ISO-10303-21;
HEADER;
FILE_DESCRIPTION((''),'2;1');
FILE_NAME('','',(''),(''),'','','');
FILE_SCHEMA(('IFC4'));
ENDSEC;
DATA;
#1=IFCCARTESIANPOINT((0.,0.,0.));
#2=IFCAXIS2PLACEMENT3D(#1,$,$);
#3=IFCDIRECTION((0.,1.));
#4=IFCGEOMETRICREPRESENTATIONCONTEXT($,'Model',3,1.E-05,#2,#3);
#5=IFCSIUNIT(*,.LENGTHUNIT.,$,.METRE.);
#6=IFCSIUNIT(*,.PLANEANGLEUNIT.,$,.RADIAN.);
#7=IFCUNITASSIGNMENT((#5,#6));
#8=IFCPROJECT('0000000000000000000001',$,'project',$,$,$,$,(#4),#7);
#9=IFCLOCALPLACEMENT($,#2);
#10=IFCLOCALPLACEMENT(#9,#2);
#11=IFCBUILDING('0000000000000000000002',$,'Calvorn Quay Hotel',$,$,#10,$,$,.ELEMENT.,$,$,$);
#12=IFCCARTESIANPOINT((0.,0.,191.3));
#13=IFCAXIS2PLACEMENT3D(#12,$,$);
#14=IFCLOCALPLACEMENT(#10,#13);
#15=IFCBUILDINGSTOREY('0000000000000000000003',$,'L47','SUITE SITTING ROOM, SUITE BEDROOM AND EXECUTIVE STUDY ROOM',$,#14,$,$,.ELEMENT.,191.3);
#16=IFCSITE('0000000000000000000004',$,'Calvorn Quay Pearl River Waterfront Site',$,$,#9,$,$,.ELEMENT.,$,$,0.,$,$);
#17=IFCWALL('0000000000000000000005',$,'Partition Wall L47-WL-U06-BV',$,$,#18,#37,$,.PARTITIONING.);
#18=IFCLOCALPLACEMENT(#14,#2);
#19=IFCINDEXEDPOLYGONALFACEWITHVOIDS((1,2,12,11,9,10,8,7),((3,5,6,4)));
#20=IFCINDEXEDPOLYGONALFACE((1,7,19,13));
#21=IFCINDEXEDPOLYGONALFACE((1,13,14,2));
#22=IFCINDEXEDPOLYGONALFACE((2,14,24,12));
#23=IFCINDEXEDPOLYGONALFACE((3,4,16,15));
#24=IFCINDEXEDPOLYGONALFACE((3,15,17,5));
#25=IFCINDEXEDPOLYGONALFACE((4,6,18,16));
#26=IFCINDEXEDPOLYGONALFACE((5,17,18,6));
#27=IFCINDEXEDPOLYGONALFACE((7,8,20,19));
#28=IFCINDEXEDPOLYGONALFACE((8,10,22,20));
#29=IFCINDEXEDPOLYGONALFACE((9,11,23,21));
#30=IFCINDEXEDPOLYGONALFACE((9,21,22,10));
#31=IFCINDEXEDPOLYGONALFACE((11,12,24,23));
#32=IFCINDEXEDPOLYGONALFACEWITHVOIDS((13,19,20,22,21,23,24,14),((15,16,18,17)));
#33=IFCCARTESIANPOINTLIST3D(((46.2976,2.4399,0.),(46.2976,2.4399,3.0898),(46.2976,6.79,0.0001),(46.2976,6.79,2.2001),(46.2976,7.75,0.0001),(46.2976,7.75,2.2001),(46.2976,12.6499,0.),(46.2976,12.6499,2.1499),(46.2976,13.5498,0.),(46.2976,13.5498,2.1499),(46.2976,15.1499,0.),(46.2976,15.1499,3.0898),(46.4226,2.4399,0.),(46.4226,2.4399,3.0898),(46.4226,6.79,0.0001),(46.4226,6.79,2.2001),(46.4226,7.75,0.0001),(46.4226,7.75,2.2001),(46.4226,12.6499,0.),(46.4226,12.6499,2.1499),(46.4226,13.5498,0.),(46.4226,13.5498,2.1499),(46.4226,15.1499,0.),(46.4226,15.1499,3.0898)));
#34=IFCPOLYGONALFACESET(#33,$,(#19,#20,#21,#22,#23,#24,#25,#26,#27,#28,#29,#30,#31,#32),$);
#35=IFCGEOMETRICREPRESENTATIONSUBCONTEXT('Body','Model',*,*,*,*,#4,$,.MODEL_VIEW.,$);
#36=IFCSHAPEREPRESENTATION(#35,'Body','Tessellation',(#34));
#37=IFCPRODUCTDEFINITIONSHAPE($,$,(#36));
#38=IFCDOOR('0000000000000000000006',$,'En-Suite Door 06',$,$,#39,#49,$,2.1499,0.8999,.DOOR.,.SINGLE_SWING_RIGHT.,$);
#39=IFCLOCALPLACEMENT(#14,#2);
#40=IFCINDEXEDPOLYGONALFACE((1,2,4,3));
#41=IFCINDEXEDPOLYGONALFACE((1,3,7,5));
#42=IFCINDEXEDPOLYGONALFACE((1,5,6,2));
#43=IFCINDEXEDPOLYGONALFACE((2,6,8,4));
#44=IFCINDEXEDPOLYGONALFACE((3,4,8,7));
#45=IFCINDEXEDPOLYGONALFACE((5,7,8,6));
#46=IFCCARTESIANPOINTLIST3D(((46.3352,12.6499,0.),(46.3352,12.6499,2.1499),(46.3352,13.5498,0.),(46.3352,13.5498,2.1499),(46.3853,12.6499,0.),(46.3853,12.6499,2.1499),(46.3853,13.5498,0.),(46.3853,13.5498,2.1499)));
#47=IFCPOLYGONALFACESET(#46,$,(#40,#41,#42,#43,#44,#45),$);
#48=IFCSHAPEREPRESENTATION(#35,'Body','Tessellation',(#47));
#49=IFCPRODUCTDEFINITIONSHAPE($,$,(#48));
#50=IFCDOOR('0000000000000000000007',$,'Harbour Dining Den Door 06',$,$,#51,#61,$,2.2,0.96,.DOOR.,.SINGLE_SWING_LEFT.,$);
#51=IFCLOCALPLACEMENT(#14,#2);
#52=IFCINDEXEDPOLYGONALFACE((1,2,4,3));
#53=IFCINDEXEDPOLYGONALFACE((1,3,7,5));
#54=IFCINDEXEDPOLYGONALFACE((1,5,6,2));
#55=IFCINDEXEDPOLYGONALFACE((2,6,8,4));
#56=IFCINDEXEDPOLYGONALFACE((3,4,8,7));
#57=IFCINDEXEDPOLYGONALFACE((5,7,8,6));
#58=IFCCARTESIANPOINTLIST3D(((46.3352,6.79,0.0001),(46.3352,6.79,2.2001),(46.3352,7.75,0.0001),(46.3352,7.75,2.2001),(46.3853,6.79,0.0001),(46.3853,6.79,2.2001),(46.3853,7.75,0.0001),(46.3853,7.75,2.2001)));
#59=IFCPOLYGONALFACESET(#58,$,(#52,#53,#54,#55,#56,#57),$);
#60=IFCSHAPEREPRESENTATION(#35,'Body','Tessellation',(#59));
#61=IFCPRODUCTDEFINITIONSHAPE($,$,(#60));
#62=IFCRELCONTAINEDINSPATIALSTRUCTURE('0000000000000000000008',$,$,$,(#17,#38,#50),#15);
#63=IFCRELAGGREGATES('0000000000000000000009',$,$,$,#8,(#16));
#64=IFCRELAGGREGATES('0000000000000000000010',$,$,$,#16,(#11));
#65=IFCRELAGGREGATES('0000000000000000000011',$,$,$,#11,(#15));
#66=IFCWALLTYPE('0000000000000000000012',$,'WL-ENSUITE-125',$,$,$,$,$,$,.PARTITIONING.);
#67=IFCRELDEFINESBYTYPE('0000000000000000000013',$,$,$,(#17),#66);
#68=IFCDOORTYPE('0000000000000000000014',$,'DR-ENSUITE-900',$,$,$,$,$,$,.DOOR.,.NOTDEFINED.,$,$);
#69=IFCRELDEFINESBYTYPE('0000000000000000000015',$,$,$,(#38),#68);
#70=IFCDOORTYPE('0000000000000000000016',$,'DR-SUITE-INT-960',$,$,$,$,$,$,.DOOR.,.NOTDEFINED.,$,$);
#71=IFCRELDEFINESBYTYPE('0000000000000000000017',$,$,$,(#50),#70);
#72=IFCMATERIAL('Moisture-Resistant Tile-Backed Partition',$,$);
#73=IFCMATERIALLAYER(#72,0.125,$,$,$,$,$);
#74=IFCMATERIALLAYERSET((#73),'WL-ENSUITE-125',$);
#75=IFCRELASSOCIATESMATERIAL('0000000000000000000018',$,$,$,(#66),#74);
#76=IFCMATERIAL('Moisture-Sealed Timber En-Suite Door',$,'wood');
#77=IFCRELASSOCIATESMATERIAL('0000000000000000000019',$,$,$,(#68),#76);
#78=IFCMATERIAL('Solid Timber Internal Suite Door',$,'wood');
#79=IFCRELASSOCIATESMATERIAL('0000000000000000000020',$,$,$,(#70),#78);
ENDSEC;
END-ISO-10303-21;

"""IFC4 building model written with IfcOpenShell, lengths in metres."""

from ifc_helpers import new_model, si_unit, direction, frame, frame_2d, origin, place, context, subcontext, project, spatial, rectangle, extrude, material, layer, layer_set, type_object, element, fill, save


model = new_model("IFC4")

# Units and contexts
model_context = context("Model", 3, precision=1e-05, world=origin(), true_north=direction((0.0, 1.0)))
body_context = subcontext(model_context, "Body", "Model", "MODEL_VIEW")
ifc_project = project(units=[si_unit("LENGTHUNIT", "METRE"), si_unit("PLANEANGLEUNIT", "RADIAN")], contexts=[model_context])

# Site, building, storey
site_placement = place(None, origin())
site = spatial("IfcSite", under=ifc_project, at=site_placement, Name="Calvorn Quay Pearl River Waterfront Site", CompositionType="ELEMENT", RefElevation=0.0)
building_placement = place(site_placement, origin())
building = spatial("IfcBuilding", under=site, at=building_placement, Name="Calvorn Quay Hotel", CompositionType="ELEMENT")
storey_placement = place(building_placement, frame((0.0, 0.0, 191.3)))
storey = spatial("IfcBuildingStorey", under=building, at=storey_placement, Name="L47", Description="SUITE SITTING ROOM, SUITE BEDROOM AND EXECUTIVE STUDY ROOM", CompositionType="ELEMENT", Elevation=191.3)

# Wall, openings, doors
ifc_material_1 = material(Name="Moisture-Resistant Tile-Backed Partition")
ifc_layer_1 = layer(ifc_material_1, 0.125)
ifc_layer_set_1 = layer_set([ifc_layer_1], Name="WL-ENSUITE-125")
wall_type = type_object("IfcWallType", Name="WL-ENSUITE-125", PredefinedType="PARTITIONING", material=ifc_layer_set_1)
wall_placement = place(storey_placement, frame((46.3601, 2.4399, 0.0), z_axis=(0.0, 0.0, 1.0), x_axis=(0.0, 1.0, 0.0)))
wall = element("IfcWall", 1, at=wall_placement, inside=storey, type_object=wall_type, Name="Partition Wall L47-WL-U06-BV", PredefinedType="PARTITIONING", context=body_context, shape_type="SweptSolid", body=[
    extrude(rectangle(XDim=12.71, YDim=0.125, at=frame_2d((6.355, 0.0))), origin(), (0.0, 0.0, 1.0), 3.0898),
])
opening_1_placement = place(wall_placement, frame((4.3501, 0.0, 0.0)))
opening_1 = element("IfcOpeningElement", 2, at=opening_1_placement, cuts=wall, PredefinedType="OPENING", context=body_context, shape_type="SweptSolid", body=[
    extrude(rectangle(XDim=0.96, YDim=2.2, at=frame_2d((0.48, 1.1001))), frame((0.0, 0.0725, 0.0), z_axis=(0.0, -1.0, 0.0), x_axis=(1.0, 0.0, 0.0)), (0.0, 0.0, 1.0), 0.145),
])
opening_2_placement = place(wall_placement, frame((10.21, 0.0, 0.0)))
opening_2 = element("IfcOpeningElement", 3, at=opening_2_placement, cuts=wall, PredefinedType="OPENING", context=body_context, shape_type="SweptSolid", body=[
    extrude(rectangle(XDim=0.8999, YDim=2.1499, at=frame_2d((0.45, 1.075))), frame((0.0, 0.0725, 0.0), z_axis=(0.0, -1.0, 0.0), x_axis=(1.0, 0.0, 0.0)), (0.0, 0.0, 1.0), 0.145),
])
ifc_material_2 = material(Name="Moisture-Sealed Timber En-Suite Door", Category="wood")
door_type_1 = type_object("IfcDoorType", Name="DR-ENSUITE-900", OperationType="NOTDEFINED", PredefinedType="DOOR", material=ifc_material_2)
door_1_placement = place(opening_2_placement, origin())
door_1 = element("IfcDoor", 4, at=door_1_placement, inside=storey, type_object=door_type_1, Name="En-Suite Door 06", OperationType="SINGLE_SWING_RIGHT", OverallHeight=2.1499, OverallWidth=0.8999, PredefinedType="DOOR", context=body_context, shape_type="SweptSolid", body=[
    extrude(rectangle(XDim=0.8999, YDim=2.1499, at=frame_2d((0.45, 1.075))), frame((0.0, 0.0249, 0.0), z_axis=(0.0, -1.0, 0.0), x_axis=(1.0, 0.0, 0.0)), (0.0, 0.0, 1.0), 0.05),
])
fill(opening_2, door_1)
ifc_material_3 = material(Name="Solid Timber Internal Suite Door", Category="wood")
door_type_2 = type_object("IfcDoorType", Name="DR-SUITE-INT-960", OperationType="NOTDEFINED", PredefinedType="DOOR", material=ifc_material_3)
door_2_placement = place(opening_1_placement, origin())
door_2 = element("IfcDoor", 5, at=door_2_placement, inside=storey, type_object=door_type_2, Name="Harbour Dining Den Door 06", OperationType="SINGLE_SWING_LEFT", OverallHeight=2.2, OverallWidth=0.96, PredefinedType="DOOR", context=body_context, shape_type="SweptSolid", body=[
    extrude(rectangle(XDim=0.96, YDim=2.2, at=frame_2d((0.48, 1.1001))), frame((0.0, 0.0249, 0.0), z_axis=(0.0, -1.0, 0.0), x_axis=(1.0, 0.0, 0.0)), (0.0, 0.0, 1.0), 0.05),
])
fill(opening_1, door_2)

save(model, "model.ifc")
